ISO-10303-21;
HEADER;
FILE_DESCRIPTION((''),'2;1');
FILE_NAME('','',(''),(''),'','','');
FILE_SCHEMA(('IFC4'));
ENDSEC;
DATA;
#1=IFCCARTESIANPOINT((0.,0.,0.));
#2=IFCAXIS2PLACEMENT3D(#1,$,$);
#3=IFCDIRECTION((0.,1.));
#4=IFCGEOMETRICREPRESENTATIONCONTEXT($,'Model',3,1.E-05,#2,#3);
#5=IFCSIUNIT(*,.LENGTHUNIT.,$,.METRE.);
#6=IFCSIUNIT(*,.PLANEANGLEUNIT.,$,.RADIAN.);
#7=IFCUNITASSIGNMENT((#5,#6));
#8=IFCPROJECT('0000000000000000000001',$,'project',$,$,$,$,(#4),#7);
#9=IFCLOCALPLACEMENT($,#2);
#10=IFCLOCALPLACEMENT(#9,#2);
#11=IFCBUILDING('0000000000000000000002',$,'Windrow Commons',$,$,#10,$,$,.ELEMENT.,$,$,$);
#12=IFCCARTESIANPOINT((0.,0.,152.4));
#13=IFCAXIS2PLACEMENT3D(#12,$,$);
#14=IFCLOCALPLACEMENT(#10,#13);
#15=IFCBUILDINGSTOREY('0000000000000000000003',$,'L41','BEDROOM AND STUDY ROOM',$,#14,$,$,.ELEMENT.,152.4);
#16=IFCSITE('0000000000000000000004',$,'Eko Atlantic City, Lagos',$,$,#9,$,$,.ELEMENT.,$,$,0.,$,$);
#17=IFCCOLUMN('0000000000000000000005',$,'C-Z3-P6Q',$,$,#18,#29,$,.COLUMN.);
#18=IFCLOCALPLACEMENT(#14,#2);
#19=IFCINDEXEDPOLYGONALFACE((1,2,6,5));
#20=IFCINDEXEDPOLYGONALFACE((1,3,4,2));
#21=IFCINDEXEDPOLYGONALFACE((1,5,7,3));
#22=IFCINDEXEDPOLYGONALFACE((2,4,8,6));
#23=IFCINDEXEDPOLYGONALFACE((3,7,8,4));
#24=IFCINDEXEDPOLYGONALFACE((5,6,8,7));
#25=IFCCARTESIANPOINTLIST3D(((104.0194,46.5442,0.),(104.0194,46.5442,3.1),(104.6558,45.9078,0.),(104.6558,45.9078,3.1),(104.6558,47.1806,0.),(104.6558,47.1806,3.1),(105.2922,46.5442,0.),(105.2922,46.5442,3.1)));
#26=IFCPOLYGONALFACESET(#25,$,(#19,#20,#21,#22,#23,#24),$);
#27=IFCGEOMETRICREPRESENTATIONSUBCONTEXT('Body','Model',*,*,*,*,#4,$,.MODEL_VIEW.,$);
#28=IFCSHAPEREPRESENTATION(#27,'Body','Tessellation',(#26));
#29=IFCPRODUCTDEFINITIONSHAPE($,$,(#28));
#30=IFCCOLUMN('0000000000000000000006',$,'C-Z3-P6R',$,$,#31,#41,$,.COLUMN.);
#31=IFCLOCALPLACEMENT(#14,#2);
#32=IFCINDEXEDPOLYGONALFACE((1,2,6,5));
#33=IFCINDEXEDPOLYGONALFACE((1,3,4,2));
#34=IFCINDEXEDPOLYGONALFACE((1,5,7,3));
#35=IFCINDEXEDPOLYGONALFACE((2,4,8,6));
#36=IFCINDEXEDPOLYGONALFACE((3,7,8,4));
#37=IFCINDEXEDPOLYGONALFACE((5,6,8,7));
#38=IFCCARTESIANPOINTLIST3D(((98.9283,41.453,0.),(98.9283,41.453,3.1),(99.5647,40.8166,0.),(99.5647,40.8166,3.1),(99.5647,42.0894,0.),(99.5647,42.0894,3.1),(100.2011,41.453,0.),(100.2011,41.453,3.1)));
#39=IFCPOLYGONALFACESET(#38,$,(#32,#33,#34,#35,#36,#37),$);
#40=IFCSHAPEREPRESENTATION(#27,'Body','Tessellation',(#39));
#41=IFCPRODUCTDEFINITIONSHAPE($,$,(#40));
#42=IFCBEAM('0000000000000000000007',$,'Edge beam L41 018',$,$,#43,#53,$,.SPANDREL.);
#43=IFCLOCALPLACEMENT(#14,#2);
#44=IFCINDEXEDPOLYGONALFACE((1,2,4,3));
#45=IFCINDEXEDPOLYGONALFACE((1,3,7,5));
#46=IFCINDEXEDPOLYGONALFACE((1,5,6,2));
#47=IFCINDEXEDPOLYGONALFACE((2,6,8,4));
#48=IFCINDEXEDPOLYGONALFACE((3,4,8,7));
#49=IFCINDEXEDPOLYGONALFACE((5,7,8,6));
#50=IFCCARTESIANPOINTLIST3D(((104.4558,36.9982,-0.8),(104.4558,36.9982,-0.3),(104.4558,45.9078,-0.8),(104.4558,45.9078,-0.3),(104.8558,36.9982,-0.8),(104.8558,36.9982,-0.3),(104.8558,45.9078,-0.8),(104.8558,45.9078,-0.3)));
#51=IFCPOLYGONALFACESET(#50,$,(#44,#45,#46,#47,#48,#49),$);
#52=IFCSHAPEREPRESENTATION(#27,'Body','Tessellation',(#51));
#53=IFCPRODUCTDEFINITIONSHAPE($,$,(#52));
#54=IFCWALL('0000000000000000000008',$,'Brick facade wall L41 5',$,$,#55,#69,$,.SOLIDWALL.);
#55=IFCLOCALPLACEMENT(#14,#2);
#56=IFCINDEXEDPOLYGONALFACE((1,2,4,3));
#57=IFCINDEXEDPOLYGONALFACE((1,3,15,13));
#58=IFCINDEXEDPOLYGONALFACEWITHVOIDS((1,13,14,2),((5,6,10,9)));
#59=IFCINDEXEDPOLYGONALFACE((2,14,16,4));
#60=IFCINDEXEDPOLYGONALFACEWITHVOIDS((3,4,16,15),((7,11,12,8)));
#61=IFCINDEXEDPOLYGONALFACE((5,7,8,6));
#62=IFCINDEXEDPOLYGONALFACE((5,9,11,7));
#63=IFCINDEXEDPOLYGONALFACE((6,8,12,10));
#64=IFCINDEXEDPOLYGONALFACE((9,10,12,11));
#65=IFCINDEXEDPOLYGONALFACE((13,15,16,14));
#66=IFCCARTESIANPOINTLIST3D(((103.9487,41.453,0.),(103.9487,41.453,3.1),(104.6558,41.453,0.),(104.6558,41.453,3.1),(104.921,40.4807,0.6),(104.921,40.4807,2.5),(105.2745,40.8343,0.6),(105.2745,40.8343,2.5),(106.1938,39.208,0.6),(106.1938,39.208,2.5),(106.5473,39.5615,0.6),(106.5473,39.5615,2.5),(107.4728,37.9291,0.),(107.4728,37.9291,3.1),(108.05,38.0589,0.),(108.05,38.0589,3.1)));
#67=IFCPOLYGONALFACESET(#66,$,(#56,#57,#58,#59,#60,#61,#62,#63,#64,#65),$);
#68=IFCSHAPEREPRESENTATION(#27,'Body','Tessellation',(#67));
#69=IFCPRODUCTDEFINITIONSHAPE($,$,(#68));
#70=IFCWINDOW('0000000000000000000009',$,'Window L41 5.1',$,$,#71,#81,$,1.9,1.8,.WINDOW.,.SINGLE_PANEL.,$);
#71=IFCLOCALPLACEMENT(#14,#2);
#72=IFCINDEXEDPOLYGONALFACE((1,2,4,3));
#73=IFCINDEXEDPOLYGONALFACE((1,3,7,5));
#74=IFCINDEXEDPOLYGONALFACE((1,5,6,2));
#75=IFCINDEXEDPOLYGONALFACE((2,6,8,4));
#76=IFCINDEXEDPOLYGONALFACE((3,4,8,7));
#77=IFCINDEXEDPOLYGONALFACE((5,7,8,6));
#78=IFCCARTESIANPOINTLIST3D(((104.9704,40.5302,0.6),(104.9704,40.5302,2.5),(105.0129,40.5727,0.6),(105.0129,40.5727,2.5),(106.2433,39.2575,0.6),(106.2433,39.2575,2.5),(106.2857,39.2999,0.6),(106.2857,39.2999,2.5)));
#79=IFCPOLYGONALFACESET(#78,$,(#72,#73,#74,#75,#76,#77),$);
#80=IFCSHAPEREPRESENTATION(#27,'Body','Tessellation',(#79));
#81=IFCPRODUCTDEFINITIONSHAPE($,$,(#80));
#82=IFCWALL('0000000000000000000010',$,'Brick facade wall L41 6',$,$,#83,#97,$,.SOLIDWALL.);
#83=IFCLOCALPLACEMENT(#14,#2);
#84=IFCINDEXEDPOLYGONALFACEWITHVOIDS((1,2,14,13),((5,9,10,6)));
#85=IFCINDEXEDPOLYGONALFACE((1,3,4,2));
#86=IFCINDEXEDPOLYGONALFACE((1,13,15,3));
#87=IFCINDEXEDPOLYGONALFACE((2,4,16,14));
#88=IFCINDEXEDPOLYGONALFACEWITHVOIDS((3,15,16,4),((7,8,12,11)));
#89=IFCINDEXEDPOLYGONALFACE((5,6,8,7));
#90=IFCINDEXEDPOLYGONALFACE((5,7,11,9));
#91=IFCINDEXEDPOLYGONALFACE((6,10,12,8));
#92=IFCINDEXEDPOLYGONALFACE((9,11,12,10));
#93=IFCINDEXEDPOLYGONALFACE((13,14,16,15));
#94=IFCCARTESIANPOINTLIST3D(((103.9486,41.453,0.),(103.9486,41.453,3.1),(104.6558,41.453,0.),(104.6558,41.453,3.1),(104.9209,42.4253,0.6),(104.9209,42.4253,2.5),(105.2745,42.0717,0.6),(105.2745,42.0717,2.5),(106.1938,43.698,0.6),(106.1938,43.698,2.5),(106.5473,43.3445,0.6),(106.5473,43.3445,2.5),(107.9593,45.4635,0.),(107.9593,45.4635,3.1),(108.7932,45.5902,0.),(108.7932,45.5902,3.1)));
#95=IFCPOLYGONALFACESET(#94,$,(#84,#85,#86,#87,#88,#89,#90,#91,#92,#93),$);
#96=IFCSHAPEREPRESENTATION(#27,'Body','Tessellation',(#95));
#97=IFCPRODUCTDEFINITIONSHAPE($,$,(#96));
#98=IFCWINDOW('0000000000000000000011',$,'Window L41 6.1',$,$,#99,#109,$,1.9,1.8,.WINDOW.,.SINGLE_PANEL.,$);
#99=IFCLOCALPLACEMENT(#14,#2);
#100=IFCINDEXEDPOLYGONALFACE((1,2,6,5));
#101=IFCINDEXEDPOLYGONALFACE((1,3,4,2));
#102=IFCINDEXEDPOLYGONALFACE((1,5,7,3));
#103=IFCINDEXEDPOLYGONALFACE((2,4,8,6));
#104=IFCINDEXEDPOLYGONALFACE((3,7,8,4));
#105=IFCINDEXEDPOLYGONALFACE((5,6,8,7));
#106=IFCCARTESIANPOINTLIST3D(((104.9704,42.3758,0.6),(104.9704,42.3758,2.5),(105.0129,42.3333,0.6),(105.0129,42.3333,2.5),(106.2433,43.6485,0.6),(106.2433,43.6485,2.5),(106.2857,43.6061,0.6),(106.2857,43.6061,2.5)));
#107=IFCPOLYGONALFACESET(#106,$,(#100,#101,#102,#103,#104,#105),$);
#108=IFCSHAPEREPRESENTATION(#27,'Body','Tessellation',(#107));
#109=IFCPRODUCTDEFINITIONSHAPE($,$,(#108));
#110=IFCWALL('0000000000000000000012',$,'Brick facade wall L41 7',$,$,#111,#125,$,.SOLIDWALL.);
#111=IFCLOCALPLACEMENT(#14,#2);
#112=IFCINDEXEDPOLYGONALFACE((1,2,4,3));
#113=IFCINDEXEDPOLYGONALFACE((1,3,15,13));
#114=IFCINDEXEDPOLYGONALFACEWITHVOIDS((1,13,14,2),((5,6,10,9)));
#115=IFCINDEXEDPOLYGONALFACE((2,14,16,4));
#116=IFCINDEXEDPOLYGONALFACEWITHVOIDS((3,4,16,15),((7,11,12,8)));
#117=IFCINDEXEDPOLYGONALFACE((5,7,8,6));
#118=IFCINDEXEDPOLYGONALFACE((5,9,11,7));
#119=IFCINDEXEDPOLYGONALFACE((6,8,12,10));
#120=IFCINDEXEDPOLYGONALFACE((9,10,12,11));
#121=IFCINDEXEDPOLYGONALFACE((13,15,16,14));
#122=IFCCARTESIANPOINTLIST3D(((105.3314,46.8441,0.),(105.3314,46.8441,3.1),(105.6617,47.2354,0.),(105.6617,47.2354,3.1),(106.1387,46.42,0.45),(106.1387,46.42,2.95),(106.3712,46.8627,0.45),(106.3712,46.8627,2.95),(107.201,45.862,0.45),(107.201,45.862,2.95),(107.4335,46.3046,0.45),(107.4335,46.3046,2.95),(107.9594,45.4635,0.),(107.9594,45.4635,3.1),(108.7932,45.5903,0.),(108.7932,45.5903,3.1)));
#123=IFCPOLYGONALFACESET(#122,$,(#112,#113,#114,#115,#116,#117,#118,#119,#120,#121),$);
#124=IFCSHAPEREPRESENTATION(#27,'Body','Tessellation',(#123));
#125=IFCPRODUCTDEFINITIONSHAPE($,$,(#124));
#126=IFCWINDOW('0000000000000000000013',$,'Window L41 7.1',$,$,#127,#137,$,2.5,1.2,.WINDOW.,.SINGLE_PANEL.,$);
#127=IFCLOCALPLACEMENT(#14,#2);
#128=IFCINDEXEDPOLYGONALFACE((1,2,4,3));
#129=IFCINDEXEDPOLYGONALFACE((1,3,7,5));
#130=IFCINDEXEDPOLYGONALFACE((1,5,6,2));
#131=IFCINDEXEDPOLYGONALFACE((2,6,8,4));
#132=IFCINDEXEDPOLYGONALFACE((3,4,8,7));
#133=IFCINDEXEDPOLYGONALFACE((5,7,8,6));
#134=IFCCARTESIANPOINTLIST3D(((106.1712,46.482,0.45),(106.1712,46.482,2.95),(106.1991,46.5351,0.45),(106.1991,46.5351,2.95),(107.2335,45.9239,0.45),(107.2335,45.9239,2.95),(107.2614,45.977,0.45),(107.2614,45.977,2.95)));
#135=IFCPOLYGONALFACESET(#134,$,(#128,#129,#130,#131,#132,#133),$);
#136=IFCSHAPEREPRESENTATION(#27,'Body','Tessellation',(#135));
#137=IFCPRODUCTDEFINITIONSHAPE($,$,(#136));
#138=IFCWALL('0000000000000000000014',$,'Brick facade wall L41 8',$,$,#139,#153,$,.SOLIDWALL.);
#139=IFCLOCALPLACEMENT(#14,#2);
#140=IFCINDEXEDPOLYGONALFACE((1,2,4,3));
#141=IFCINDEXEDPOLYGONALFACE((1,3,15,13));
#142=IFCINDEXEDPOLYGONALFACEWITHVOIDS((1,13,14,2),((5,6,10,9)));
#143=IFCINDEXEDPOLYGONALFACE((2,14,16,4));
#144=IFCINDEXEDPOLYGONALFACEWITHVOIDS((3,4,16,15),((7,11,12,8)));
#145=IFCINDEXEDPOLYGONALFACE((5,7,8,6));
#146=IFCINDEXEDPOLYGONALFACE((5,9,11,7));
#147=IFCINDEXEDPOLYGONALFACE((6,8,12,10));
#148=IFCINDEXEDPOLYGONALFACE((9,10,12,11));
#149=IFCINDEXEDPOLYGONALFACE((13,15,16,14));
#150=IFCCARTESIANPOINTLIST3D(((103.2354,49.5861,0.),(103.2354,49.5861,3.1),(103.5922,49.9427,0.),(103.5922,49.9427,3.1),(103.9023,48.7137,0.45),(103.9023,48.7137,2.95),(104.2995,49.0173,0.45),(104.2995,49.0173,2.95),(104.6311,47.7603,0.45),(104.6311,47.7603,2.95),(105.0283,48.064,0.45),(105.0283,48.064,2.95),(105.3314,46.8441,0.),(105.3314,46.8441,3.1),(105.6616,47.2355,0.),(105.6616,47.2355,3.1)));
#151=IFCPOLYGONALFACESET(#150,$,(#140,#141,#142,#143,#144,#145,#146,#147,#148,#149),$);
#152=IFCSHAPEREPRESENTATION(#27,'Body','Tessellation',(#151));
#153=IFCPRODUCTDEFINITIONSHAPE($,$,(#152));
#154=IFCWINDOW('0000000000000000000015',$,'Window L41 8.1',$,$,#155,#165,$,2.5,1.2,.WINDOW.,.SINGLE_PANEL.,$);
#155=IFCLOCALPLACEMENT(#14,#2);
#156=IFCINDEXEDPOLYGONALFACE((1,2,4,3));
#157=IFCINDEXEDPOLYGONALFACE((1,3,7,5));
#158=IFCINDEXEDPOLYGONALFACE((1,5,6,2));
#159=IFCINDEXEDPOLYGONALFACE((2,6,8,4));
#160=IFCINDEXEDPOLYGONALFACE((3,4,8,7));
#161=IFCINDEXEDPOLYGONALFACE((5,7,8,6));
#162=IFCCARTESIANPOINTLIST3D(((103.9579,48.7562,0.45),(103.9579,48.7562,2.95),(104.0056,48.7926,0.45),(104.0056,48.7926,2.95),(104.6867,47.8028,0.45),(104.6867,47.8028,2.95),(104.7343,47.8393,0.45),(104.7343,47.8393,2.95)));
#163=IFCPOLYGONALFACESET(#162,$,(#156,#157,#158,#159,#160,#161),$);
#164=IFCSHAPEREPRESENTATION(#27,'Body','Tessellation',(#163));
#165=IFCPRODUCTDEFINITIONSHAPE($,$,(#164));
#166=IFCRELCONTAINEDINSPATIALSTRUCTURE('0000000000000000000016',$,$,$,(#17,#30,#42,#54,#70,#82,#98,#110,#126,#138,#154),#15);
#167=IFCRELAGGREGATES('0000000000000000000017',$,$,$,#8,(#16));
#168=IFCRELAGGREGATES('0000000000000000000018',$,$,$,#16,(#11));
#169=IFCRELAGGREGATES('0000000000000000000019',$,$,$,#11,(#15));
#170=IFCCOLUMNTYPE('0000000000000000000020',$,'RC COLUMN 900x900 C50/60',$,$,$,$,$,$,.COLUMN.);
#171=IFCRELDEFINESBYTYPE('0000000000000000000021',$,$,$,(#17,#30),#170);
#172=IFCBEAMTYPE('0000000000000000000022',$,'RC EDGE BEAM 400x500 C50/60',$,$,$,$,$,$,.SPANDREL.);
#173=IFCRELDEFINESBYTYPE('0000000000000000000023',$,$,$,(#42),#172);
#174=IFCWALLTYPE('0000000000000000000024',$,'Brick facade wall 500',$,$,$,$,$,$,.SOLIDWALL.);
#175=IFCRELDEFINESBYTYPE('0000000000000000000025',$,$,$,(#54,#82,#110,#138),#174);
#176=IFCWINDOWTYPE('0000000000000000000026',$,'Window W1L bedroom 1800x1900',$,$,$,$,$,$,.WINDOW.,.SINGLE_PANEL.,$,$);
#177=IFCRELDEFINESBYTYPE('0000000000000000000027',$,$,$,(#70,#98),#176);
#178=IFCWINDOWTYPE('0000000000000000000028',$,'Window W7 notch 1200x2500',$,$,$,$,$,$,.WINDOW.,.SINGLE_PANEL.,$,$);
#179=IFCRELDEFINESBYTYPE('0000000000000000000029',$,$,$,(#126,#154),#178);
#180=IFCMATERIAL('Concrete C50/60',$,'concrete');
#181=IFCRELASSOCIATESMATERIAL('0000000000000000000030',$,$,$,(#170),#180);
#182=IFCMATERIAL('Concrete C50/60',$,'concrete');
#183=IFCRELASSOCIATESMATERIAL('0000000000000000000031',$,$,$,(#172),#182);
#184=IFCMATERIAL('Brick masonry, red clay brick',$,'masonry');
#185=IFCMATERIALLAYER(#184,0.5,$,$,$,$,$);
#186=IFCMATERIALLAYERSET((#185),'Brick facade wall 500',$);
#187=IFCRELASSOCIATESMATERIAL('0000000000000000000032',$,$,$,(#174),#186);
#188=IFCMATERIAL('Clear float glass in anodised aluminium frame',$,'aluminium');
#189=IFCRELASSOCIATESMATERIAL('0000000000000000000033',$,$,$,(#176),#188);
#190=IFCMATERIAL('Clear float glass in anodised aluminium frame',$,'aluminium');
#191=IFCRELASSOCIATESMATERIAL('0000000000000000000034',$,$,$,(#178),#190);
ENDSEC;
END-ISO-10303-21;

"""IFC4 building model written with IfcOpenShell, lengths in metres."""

from ifc_helpers import new_model, si_unit, direction, frame, frame_2d, origin, origin_2d, place, context, subcontext, project, spatial, polyline, rectangle, outline, extrude, material, layer, layer_set, material_profile, profile_set, type_object, element, fill, save


model = new_model("IFC4")

# Units and contexts
model_context = context("Model", 3, precision=1e-05, world=origin(), true_north=direction((0.0, 1.0)))
body_context = subcontext(model_context, "Body", "Model", "MODEL_VIEW")
ifc_project = project(units=[si_unit("LENGTHUNIT", "METRE"), si_unit("PLANEANGLEUNIT", "RADIAN")], contexts=[model_context])

# Site, building, storey
site_placement = place(None, origin())
site = spatial("IfcSite", under=ifc_project, at=site_placement, Name="Eko Atlantic City, Lagos", CompositionType="ELEMENT", RefElevation=0.0)
building_placement = place(site_placement, origin())
building = spatial("IfcBuilding", under=site, at=building_placement, Name="Windrow Commons", CompositionType="ELEMENT")
storey_placement = place(building_placement, frame((0.0, 0.0, 152.4)))
storey = spatial("IfcBuildingStorey", under=building, at=storey_placement, Name="L41", Description="BEDROOM AND STUDY ROOM", CompositionType="ELEMENT", Elevation=152.4)

# Columns
ifc_material_1 = material(Name="Concrete C50/60", Category="concrete")
ifc_material_profile_1 = material_profile(ifc_material_1, rectangle(XDim=0.9, YDim=0.9, at=origin_2d()))
ifc_profile_set_1 = profile_set([ifc_material_profile_1], Name="Concrete C50/60")
column_type = type_object("IfcColumnType", Name="RC COLUMN 900x900 C50/60", PredefinedType="COLUMN", material=ifc_profile_set_1)
for number, where, z_axis, x_axis, name in (
    (1, (104.6558, 46.5442, 0.0), (0.0, 0.0, 1.0), (0.707107, -0.707107, 0.0), "C-Z3-P6Q"),
    (2, (99.5647, 41.453, 0.0), (0.0, 0.0, 1.0), (0.707107, -0.707107, 0.0), "C-Z3-P6R"),
):
    element("IfcColumn", number, at=place(storey_placement, frame(where, z_axis=z_axis, x_axis=x_axis)), inside=storey, type_object=column_type, Name=name, PredefinedType="COLUMN", context=body_context, shape_type="SweptSolid", body=[
        extrude(rectangle(XDim=0.9, YDim=0.9, at=origin_2d()), origin(), (0.0, 0.0, 1.0), 3.1),
    ])

# Beam
ifc_material_2 = material(Name="Concrete C50/60", Category="concrete")
ifc_material_profile_2 = material_profile(ifc_material_2, rectangle(XDim=0.4, YDim=0.5, at=origin_2d()))
ifc_profile_set_2 = profile_set([ifc_material_profile_2], Name="Concrete C50/60")
beam_type = type_object("IfcBeamType", Name="RC EDGE BEAM 400x500 C50/60", PredefinedType="SPANDREL", material=ifc_profile_set_2)
beam_placement = place(storey_placement, frame((104.6558, 45.9078, -0.55), z_axis=(0.0, -1.0, 0.0), x_axis=(1.0, 0.0, 0.0)))
element("IfcBeam", 3, at=beam_placement, inside=storey, type_object=beam_type, Name="Edge beam L41 018", PredefinedType="SPANDREL", context=body_context, shape_type="SweptSolid", body=[
    extrude(rectangle(XDim=0.4, YDim=0.5, at=origin_2d()), origin(), (0.0, 0.0, 1.0), 8.9096),
])

# Walls, openings, windows
ifc_material_3 = material(Name="Brick masonry, red clay brick", Category="masonry")
ifc_layer_1 = layer(ifc_material_3, 0.5)
ifc_layer_set_1 = layer_set([ifc_layer_1], Name="Brick facade wall 500")
wall_type_1 = type_object("IfcWallType", Name="Brick facade wall 500", PredefinedType="SOLIDWALL", material=ifc_layer_set_1)
wall_1_placement = place(storey_placement, frame((107.7614, 37.994, 0.0), z_axis=(0.0, 0.0, 1.0), x_axis=(-0.707127, 0.707086, 0.0)))
wall_1 = element("IfcWall", 4, at=wall_1_placement, inside=storey, type_object=wall_type_1, Name="Brick facade wall L41 5", PredefinedType="SOLIDWALL", context=body_context, shape_type="SweptSolid", body=[
    extrude(outline(polyline([(-0.1582, -0.25), (4.6419, -0.25), (5.1419, 0.25), (0.1582, 0.25), (-0.1582, -0.25)])), origin(), (0.0, 0.0, 1.0), 3.1),
])
opening_1_placement = place(wall_1_placement, frame((1.9669, 0.0, 0.6)))
opening_1 = element("IfcOpeningElement", 5, at=opening_1_placement, cuts=wall_1, PredefinedType="OPENING", context=body_context, shape_type="SweptSolid", body=[
    extrude(rectangle(XDim=1.8, YDim=1.9, at=frame_2d((0.9, 0.95))), frame((0.0, 0.26, 0.0), z_axis=(0.0, -1.0, 0.0), x_axis=(1.0, 0.0, 0.0)), (0.0, 0.0, 1.0), 0.52),
])
ifc_material_4 = material(Name="Clear float glass in anodised aluminium frame", Category="aluminium")
window_type_1 = type_object("IfcWindowType", Name="Window W1L bedroom 1800x1900", PartitioningType="SINGLE_PANEL", PredefinedType="WINDOW", material=ifc_material_4)
window_1_placement = place(opening_1_placement, origin())
window_1 = element("IfcWindow", 6, at=window_1_placement, inside=storey, type_object=window_type_1, Name="Window L41 5.1", OverallHeight=1.9, OverallWidth=1.8, PartitioningType="SINGLE_PANEL", PredefinedType="WINDOW", context=body_context, shape_type="SweptSolid", body=[
    extrude(rectangle(XDim=1.8, YDim=1.9, at=frame_2d((0.9, 0.95))), frame((0.0, 0.18, 0.0), z_axis=(0.0, -1.0, 0.0), x_axis=(1.0, 0.0, 0.0)), (0.0, 0.0, 1.0), 0.06),
])
fill(opening_1, window_1)
wall_2_placement = place(storey_placement, frame((104.3022, 41.453, 0.0), z_axis=(0.0, 0.0, 1.0), x_axis=(0.707124, 0.707089, 0.0)))
wall_2 = element("IfcWall", 7, at=wall_2_placement, inside=storey, type_object=wall_type_1, Name="Brick facade wall L41 6", PredefinedType="SOLIDWALL", context=body_context, shape_type="SweptSolid", body=[
    extrude(outline(polyline([(0.25, -0.25), (6.1011, -0.25), (5.4218, 0.25), (-0.25, 0.25), (0.25, -0.25)])), origin(), (0.0, 0.0, 1.0), 3.1),
])
opening_2_placement = place(wall_2_placement, frame((1.125, 0.0, 0.6)))
opening_2 = element("IfcOpeningElement", 8, at=opening_2_placement, cuts=wall_2, PredefinedType="OPENING", context=body_context, shape_type="SweptSolid", body=[
    extrude(rectangle(XDim=1.8, YDim=1.9, at=frame_2d((0.9, 0.95))), frame((0.0, 0.26, 0.0), z_axis=(0.0, -1.0, 0.0), x_axis=(1.0, 0.0, 0.0)), (0.0, 0.0, 1.0), 0.52),
])
window_2_placement = place(opening_2_placement, origin())
window_2 = element("IfcWindow", 9, at=window_2_placement, inside=storey, type_object=window_type_1, Name="Window L41 6.1", OverallHeight=1.9, OverallWidth=1.8, PartitioningType="SINGLE_PANEL", PredefinedType="WINDOW", context=body_context, shape_type="SweptSolid", body=[
    extrude(rectangle(XDim=1.8, YDim=1.9, at=frame_2d((0.9, 0.95))), frame((0.0, 0.18, 0.0), z_axis=(0.0, -1.0, 0.0), x_axis=(1.0, 0.0, 0.0)), (0.0, 0.0, 1.0), 0.06),
])
fill(opening_2, window_2)
wall_3_placement = place(storey_placement, frame((108.3763, 45.5269, 0.0), z_axis=(0.0, 0.0, 1.0), x_axis=(-0.885271, 0.465076, 0.0)))
wall_3 = element("IfcWall", 10, at=wall_3_placement, inside=storey, type_object=wall_type_1, Name="Brick facade wall L41 7", PredefinedType="SOLIDWALL", context=body_context, shape_type="SweptSolid", body=[
    extrude(outline(polyline([(-0.3396, -0.25), (3.1978, -0.25), (3.3082, 0.25), (0.3396, 0.25), (-0.3396, -0.25)])), origin(), (0.0, 0.0, 1.0), 3.1),
])
opening_3_placement = place(wall_3_placement, frame((1.1963, 0.0, 0.45)))
opening_3 = element("IfcOpeningElement", 11, at=opening_3_placement, cuts=wall_3, PredefinedType="OPENING", context=body_context, shape_type="SweptSolid", body=[
    extrude(rectangle(XDim=1.2, YDim=2.5, at=frame_2d((0.6, 1.25))), frame((0.0, 0.26, 0.0), z_axis=(0.0, -1.0, 0.0), x_axis=(1.0, 0.0, 0.0)), (0.0, 0.0, 1.0), 0.52),
])
ifc_material_5 = material(Name="Clear float glass in anodised aluminium frame", Category="aluminium")
window_type_2 = type_object("IfcWindowType", Name="Window W7 notch 1200x2500", PartitioningType="SINGLE_PANEL", PredefinedType="WINDOW", material=ifc_material_5)
window_3_placement = place(opening_3_placement, origin())
window_3 = element("IfcWindow", 12, at=window_3_placement, inside=storey, type_object=window_type_2, Name="Window L41 7.1", OverallHeight=2.5, OverallWidth=1.2, PartitioningType="SINGLE_PANEL", PredefinedType="WINDOW", context=body_context, shape_type="SweptSolid", body=[
    extrude(rectangle(XDim=1.2, YDim=2.5, at=frame_2d((0.6, 1.25))), frame((0.0, 0.18, 0.0), z_axis=(0.0, -1.0, 0.0), x_axis=(1.0, 0.0, 0.0)), (0.0, 0.0, 1.0), 0.06),
])
fill(opening_3, window_3)
wall_4_placement = place(storey_placement, frame((105.4965, 47.0398, 0.0), z_axis=(0.0, 0.0, 1.0), x_axis=(-0.6073, 0.794473, 0.0)))
wall_4 = element("IfcWall", 13, at=wall_4_placement, inside=storey, type_object=wall_type_1, Name="Brick facade wall L41 8", PredefinedType="SOLIDWALL", context=body_context, shape_type="SweptSolid", body=[
    extrude(outline(polyline([(0.0552, -0.25), (3.4628, -0.25), (3.3961, 0.25), (-0.0552, 0.25), (0.0552, -0.25)])), origin(), (0.0, 0.0, 1.0), 3.1),
])
opening_4_placement = place(wall_4_placement, frame((1.098, 0.0, 0.45)))
opening_4 = element("IfcOpeningElement", 14, at=opening_4_placement, cuts=wall_4, PredefinedType="OPENING", context=body_context, shape_type="SweptSolid", body=[
    extrude(rectangle(XDim=1.2, YDim=2.5, at=frame_2d((0.6, 1.25))), frame((0.0, 0.26, 0.0), z_axis=(0.0, -1.0, 0.0), x_axis=(1.0, 0.0, 0.0)), (0.0, 0.0, 1.0), 0.52),
])
window_4_placement = place(opening_4_placement, origin())
window_4 = element("IfcWindow", 15, at=window_4_placement, inside=storey, type_object=window_type_2, Name="Window L41 8.1", OverallHeight=2.5, OverallWidth=1.2, PartitioningType="SINGLE_PANEL", PredefinedType="WINDOW", context=body_context, shape_type="SweptSolid", body=[
    extrude(rectangle(XDim=1.2, YDim=2.5, at=frame_2d((0.6, 1.25))), frame((0.0, 0.18, 0.0), z_axis=(0.0, -1.0, 0.0), x_axis=(1.0, 0.0, 0.0)), (0.0, 0.0, 1.0), 0.06),
])
fill(opening_4, window_4)

save(model, "model.ifc")
